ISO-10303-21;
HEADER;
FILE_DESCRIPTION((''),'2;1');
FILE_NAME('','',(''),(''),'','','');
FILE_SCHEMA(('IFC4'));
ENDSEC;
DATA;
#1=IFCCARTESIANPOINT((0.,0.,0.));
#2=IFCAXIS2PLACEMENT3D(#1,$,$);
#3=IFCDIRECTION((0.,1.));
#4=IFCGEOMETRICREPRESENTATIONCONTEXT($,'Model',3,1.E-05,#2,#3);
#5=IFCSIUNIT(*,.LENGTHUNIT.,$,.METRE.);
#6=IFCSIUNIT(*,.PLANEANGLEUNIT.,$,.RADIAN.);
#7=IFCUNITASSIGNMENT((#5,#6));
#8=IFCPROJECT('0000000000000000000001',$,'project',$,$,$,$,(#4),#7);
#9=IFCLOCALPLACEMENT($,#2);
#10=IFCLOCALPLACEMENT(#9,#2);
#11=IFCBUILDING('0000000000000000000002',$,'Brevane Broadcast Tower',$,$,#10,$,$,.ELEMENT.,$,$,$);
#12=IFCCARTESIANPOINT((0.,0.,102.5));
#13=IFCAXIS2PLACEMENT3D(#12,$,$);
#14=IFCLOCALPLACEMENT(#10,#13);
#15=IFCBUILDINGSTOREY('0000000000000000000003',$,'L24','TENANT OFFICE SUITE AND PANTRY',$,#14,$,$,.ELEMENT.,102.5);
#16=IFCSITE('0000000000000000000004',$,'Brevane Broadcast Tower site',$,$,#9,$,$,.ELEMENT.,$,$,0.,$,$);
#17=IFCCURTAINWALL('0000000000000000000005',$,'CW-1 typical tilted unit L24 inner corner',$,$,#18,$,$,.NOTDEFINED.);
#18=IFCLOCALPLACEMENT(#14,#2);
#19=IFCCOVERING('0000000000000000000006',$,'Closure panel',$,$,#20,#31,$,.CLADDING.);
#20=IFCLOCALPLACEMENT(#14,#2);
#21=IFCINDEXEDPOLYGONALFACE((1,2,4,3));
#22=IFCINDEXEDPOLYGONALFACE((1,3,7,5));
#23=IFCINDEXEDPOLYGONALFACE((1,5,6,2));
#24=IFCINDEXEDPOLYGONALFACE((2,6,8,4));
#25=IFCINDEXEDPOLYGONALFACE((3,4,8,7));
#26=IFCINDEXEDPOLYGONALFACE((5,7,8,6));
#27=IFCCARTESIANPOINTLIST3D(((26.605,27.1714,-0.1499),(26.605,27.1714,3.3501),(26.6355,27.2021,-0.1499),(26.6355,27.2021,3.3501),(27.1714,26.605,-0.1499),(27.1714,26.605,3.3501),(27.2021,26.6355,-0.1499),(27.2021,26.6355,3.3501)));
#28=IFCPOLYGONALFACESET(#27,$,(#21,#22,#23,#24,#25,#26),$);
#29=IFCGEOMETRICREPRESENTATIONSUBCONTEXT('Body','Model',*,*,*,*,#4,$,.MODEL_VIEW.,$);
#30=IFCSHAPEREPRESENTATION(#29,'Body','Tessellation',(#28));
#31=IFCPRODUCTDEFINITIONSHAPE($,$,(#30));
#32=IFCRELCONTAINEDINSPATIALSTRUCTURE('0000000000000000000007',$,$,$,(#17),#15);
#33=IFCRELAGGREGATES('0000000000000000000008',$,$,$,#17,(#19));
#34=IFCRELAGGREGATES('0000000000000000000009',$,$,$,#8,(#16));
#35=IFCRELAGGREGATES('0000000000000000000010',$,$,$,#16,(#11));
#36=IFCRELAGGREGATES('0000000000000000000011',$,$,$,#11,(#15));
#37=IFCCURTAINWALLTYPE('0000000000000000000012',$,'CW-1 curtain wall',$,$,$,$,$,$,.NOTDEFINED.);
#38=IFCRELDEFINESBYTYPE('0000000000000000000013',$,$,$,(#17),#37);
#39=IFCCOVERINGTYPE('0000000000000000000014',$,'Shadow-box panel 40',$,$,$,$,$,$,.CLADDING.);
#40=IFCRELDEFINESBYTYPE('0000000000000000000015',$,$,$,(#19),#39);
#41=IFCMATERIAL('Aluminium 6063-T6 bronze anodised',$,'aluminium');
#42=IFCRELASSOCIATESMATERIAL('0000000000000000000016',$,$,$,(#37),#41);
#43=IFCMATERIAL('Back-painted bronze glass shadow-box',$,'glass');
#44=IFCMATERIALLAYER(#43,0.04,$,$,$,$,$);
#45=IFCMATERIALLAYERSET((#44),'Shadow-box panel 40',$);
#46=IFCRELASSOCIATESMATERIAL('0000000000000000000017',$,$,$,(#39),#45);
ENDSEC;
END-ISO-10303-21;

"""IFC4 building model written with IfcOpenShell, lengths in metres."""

from ifc_helpers import new_model, si_unit, direction, frame, origin, place, context, subcontext, project, spatial, polyline, outline, extrude, material, layer, layer_set, type_object, element, aggregate, save


model = new_model("IFC4")

# Units and contexts
model_context = context("Model", 3, precision=1e-05, world=origin(), true_north=direction((0.0, 1.0)))
body_context = subcontext(model_context, "Body", "Model", "MODEL_VIEW")
ifc_project = project(units=[si_unit("LENGTHUNIT", "METRE"), si_unit("PLANEANGLEUNIT", "RADIAN")], contexts=[model_context])

# Site, building, storey
site_placement = place(None, origin())
site = spatial("IfcSite", under=ifc_project, at=site_placement, Name="Brevane Broadcast Tower site", CompositionType="ELEMENT", RefElevation=0.0)
building_placement = place(site_placement, origin())
building = spatial("IfcBuilding", under=site, at=building_placement, Name="Brevane Broadcast Tower", CompositionType="ELEMENT")
storey_placement = place(building_placement, frame((0.0, 0.0, 102.5)))
storey = spatial("IfcBuildingStorey", under=building, at=storey_placement, Name="L24", Description="TENANT OFFICE SUITE AND PANTRY", CompositionType="ELEMENT", Elevation=102.5)

# Shared definitions
ifc_material_1 = material(Name="Aluminium 6063-T6 bronze anodised", Category="aluminium")
curtain_wall_type = type_object("IfcCurtainWallType", Name="CW-1 curtain wall", PredefinedType="NOTDEFINED", material=ifc_material_1)

# Curtain wall, covering
curtain_wall_1_placement = place(storey_placement, origin())
curtain_wall_1 = element("IfcCurtainWall", 1, at=curtain_wall_1_placement, inside=storey, type_object=curtain_wall_type, Name="CW-1 typical tilted unit L24 inner corner", PredefinedType="NOTDEFINED")
ifc_material_2 = material(Name="Back-painted bronze glass shadow-box", Category="glass")
ifc_layer_1 = layer(ifc_material_2, 0.04)
ifc_layer_set_1 = layer_set([ifc_layer_1], Name="Shadow-box panel 40")
covering_type = type_object("IfcCoveringType", Name="Shadow-box panel 40", PredefinedType="CLADDING", material=ifc_layer_set_1)
covering_placement = place(storey_placement, frame((0.0, 0.0, -0.1499)))
covering = element("IfcCovering", 2, at=covering_placement, type_object=covering_type, Name="Closure panel", PredefinedType="CLADDING", context=body_context, shape_type="SweptSolid", body=[
    extrude(outline(polyline([(27.1714, 26.605), (27.2021, 26.6355), (26.6355, 27.2021), (26.605, 27.1714), (27.1714, 26.605)])), origin(), (0.0, 0.0, 1.0), 3.5),
])
aggregate(curtain_wall_1, [covering])

save(model, "model.ifc")
